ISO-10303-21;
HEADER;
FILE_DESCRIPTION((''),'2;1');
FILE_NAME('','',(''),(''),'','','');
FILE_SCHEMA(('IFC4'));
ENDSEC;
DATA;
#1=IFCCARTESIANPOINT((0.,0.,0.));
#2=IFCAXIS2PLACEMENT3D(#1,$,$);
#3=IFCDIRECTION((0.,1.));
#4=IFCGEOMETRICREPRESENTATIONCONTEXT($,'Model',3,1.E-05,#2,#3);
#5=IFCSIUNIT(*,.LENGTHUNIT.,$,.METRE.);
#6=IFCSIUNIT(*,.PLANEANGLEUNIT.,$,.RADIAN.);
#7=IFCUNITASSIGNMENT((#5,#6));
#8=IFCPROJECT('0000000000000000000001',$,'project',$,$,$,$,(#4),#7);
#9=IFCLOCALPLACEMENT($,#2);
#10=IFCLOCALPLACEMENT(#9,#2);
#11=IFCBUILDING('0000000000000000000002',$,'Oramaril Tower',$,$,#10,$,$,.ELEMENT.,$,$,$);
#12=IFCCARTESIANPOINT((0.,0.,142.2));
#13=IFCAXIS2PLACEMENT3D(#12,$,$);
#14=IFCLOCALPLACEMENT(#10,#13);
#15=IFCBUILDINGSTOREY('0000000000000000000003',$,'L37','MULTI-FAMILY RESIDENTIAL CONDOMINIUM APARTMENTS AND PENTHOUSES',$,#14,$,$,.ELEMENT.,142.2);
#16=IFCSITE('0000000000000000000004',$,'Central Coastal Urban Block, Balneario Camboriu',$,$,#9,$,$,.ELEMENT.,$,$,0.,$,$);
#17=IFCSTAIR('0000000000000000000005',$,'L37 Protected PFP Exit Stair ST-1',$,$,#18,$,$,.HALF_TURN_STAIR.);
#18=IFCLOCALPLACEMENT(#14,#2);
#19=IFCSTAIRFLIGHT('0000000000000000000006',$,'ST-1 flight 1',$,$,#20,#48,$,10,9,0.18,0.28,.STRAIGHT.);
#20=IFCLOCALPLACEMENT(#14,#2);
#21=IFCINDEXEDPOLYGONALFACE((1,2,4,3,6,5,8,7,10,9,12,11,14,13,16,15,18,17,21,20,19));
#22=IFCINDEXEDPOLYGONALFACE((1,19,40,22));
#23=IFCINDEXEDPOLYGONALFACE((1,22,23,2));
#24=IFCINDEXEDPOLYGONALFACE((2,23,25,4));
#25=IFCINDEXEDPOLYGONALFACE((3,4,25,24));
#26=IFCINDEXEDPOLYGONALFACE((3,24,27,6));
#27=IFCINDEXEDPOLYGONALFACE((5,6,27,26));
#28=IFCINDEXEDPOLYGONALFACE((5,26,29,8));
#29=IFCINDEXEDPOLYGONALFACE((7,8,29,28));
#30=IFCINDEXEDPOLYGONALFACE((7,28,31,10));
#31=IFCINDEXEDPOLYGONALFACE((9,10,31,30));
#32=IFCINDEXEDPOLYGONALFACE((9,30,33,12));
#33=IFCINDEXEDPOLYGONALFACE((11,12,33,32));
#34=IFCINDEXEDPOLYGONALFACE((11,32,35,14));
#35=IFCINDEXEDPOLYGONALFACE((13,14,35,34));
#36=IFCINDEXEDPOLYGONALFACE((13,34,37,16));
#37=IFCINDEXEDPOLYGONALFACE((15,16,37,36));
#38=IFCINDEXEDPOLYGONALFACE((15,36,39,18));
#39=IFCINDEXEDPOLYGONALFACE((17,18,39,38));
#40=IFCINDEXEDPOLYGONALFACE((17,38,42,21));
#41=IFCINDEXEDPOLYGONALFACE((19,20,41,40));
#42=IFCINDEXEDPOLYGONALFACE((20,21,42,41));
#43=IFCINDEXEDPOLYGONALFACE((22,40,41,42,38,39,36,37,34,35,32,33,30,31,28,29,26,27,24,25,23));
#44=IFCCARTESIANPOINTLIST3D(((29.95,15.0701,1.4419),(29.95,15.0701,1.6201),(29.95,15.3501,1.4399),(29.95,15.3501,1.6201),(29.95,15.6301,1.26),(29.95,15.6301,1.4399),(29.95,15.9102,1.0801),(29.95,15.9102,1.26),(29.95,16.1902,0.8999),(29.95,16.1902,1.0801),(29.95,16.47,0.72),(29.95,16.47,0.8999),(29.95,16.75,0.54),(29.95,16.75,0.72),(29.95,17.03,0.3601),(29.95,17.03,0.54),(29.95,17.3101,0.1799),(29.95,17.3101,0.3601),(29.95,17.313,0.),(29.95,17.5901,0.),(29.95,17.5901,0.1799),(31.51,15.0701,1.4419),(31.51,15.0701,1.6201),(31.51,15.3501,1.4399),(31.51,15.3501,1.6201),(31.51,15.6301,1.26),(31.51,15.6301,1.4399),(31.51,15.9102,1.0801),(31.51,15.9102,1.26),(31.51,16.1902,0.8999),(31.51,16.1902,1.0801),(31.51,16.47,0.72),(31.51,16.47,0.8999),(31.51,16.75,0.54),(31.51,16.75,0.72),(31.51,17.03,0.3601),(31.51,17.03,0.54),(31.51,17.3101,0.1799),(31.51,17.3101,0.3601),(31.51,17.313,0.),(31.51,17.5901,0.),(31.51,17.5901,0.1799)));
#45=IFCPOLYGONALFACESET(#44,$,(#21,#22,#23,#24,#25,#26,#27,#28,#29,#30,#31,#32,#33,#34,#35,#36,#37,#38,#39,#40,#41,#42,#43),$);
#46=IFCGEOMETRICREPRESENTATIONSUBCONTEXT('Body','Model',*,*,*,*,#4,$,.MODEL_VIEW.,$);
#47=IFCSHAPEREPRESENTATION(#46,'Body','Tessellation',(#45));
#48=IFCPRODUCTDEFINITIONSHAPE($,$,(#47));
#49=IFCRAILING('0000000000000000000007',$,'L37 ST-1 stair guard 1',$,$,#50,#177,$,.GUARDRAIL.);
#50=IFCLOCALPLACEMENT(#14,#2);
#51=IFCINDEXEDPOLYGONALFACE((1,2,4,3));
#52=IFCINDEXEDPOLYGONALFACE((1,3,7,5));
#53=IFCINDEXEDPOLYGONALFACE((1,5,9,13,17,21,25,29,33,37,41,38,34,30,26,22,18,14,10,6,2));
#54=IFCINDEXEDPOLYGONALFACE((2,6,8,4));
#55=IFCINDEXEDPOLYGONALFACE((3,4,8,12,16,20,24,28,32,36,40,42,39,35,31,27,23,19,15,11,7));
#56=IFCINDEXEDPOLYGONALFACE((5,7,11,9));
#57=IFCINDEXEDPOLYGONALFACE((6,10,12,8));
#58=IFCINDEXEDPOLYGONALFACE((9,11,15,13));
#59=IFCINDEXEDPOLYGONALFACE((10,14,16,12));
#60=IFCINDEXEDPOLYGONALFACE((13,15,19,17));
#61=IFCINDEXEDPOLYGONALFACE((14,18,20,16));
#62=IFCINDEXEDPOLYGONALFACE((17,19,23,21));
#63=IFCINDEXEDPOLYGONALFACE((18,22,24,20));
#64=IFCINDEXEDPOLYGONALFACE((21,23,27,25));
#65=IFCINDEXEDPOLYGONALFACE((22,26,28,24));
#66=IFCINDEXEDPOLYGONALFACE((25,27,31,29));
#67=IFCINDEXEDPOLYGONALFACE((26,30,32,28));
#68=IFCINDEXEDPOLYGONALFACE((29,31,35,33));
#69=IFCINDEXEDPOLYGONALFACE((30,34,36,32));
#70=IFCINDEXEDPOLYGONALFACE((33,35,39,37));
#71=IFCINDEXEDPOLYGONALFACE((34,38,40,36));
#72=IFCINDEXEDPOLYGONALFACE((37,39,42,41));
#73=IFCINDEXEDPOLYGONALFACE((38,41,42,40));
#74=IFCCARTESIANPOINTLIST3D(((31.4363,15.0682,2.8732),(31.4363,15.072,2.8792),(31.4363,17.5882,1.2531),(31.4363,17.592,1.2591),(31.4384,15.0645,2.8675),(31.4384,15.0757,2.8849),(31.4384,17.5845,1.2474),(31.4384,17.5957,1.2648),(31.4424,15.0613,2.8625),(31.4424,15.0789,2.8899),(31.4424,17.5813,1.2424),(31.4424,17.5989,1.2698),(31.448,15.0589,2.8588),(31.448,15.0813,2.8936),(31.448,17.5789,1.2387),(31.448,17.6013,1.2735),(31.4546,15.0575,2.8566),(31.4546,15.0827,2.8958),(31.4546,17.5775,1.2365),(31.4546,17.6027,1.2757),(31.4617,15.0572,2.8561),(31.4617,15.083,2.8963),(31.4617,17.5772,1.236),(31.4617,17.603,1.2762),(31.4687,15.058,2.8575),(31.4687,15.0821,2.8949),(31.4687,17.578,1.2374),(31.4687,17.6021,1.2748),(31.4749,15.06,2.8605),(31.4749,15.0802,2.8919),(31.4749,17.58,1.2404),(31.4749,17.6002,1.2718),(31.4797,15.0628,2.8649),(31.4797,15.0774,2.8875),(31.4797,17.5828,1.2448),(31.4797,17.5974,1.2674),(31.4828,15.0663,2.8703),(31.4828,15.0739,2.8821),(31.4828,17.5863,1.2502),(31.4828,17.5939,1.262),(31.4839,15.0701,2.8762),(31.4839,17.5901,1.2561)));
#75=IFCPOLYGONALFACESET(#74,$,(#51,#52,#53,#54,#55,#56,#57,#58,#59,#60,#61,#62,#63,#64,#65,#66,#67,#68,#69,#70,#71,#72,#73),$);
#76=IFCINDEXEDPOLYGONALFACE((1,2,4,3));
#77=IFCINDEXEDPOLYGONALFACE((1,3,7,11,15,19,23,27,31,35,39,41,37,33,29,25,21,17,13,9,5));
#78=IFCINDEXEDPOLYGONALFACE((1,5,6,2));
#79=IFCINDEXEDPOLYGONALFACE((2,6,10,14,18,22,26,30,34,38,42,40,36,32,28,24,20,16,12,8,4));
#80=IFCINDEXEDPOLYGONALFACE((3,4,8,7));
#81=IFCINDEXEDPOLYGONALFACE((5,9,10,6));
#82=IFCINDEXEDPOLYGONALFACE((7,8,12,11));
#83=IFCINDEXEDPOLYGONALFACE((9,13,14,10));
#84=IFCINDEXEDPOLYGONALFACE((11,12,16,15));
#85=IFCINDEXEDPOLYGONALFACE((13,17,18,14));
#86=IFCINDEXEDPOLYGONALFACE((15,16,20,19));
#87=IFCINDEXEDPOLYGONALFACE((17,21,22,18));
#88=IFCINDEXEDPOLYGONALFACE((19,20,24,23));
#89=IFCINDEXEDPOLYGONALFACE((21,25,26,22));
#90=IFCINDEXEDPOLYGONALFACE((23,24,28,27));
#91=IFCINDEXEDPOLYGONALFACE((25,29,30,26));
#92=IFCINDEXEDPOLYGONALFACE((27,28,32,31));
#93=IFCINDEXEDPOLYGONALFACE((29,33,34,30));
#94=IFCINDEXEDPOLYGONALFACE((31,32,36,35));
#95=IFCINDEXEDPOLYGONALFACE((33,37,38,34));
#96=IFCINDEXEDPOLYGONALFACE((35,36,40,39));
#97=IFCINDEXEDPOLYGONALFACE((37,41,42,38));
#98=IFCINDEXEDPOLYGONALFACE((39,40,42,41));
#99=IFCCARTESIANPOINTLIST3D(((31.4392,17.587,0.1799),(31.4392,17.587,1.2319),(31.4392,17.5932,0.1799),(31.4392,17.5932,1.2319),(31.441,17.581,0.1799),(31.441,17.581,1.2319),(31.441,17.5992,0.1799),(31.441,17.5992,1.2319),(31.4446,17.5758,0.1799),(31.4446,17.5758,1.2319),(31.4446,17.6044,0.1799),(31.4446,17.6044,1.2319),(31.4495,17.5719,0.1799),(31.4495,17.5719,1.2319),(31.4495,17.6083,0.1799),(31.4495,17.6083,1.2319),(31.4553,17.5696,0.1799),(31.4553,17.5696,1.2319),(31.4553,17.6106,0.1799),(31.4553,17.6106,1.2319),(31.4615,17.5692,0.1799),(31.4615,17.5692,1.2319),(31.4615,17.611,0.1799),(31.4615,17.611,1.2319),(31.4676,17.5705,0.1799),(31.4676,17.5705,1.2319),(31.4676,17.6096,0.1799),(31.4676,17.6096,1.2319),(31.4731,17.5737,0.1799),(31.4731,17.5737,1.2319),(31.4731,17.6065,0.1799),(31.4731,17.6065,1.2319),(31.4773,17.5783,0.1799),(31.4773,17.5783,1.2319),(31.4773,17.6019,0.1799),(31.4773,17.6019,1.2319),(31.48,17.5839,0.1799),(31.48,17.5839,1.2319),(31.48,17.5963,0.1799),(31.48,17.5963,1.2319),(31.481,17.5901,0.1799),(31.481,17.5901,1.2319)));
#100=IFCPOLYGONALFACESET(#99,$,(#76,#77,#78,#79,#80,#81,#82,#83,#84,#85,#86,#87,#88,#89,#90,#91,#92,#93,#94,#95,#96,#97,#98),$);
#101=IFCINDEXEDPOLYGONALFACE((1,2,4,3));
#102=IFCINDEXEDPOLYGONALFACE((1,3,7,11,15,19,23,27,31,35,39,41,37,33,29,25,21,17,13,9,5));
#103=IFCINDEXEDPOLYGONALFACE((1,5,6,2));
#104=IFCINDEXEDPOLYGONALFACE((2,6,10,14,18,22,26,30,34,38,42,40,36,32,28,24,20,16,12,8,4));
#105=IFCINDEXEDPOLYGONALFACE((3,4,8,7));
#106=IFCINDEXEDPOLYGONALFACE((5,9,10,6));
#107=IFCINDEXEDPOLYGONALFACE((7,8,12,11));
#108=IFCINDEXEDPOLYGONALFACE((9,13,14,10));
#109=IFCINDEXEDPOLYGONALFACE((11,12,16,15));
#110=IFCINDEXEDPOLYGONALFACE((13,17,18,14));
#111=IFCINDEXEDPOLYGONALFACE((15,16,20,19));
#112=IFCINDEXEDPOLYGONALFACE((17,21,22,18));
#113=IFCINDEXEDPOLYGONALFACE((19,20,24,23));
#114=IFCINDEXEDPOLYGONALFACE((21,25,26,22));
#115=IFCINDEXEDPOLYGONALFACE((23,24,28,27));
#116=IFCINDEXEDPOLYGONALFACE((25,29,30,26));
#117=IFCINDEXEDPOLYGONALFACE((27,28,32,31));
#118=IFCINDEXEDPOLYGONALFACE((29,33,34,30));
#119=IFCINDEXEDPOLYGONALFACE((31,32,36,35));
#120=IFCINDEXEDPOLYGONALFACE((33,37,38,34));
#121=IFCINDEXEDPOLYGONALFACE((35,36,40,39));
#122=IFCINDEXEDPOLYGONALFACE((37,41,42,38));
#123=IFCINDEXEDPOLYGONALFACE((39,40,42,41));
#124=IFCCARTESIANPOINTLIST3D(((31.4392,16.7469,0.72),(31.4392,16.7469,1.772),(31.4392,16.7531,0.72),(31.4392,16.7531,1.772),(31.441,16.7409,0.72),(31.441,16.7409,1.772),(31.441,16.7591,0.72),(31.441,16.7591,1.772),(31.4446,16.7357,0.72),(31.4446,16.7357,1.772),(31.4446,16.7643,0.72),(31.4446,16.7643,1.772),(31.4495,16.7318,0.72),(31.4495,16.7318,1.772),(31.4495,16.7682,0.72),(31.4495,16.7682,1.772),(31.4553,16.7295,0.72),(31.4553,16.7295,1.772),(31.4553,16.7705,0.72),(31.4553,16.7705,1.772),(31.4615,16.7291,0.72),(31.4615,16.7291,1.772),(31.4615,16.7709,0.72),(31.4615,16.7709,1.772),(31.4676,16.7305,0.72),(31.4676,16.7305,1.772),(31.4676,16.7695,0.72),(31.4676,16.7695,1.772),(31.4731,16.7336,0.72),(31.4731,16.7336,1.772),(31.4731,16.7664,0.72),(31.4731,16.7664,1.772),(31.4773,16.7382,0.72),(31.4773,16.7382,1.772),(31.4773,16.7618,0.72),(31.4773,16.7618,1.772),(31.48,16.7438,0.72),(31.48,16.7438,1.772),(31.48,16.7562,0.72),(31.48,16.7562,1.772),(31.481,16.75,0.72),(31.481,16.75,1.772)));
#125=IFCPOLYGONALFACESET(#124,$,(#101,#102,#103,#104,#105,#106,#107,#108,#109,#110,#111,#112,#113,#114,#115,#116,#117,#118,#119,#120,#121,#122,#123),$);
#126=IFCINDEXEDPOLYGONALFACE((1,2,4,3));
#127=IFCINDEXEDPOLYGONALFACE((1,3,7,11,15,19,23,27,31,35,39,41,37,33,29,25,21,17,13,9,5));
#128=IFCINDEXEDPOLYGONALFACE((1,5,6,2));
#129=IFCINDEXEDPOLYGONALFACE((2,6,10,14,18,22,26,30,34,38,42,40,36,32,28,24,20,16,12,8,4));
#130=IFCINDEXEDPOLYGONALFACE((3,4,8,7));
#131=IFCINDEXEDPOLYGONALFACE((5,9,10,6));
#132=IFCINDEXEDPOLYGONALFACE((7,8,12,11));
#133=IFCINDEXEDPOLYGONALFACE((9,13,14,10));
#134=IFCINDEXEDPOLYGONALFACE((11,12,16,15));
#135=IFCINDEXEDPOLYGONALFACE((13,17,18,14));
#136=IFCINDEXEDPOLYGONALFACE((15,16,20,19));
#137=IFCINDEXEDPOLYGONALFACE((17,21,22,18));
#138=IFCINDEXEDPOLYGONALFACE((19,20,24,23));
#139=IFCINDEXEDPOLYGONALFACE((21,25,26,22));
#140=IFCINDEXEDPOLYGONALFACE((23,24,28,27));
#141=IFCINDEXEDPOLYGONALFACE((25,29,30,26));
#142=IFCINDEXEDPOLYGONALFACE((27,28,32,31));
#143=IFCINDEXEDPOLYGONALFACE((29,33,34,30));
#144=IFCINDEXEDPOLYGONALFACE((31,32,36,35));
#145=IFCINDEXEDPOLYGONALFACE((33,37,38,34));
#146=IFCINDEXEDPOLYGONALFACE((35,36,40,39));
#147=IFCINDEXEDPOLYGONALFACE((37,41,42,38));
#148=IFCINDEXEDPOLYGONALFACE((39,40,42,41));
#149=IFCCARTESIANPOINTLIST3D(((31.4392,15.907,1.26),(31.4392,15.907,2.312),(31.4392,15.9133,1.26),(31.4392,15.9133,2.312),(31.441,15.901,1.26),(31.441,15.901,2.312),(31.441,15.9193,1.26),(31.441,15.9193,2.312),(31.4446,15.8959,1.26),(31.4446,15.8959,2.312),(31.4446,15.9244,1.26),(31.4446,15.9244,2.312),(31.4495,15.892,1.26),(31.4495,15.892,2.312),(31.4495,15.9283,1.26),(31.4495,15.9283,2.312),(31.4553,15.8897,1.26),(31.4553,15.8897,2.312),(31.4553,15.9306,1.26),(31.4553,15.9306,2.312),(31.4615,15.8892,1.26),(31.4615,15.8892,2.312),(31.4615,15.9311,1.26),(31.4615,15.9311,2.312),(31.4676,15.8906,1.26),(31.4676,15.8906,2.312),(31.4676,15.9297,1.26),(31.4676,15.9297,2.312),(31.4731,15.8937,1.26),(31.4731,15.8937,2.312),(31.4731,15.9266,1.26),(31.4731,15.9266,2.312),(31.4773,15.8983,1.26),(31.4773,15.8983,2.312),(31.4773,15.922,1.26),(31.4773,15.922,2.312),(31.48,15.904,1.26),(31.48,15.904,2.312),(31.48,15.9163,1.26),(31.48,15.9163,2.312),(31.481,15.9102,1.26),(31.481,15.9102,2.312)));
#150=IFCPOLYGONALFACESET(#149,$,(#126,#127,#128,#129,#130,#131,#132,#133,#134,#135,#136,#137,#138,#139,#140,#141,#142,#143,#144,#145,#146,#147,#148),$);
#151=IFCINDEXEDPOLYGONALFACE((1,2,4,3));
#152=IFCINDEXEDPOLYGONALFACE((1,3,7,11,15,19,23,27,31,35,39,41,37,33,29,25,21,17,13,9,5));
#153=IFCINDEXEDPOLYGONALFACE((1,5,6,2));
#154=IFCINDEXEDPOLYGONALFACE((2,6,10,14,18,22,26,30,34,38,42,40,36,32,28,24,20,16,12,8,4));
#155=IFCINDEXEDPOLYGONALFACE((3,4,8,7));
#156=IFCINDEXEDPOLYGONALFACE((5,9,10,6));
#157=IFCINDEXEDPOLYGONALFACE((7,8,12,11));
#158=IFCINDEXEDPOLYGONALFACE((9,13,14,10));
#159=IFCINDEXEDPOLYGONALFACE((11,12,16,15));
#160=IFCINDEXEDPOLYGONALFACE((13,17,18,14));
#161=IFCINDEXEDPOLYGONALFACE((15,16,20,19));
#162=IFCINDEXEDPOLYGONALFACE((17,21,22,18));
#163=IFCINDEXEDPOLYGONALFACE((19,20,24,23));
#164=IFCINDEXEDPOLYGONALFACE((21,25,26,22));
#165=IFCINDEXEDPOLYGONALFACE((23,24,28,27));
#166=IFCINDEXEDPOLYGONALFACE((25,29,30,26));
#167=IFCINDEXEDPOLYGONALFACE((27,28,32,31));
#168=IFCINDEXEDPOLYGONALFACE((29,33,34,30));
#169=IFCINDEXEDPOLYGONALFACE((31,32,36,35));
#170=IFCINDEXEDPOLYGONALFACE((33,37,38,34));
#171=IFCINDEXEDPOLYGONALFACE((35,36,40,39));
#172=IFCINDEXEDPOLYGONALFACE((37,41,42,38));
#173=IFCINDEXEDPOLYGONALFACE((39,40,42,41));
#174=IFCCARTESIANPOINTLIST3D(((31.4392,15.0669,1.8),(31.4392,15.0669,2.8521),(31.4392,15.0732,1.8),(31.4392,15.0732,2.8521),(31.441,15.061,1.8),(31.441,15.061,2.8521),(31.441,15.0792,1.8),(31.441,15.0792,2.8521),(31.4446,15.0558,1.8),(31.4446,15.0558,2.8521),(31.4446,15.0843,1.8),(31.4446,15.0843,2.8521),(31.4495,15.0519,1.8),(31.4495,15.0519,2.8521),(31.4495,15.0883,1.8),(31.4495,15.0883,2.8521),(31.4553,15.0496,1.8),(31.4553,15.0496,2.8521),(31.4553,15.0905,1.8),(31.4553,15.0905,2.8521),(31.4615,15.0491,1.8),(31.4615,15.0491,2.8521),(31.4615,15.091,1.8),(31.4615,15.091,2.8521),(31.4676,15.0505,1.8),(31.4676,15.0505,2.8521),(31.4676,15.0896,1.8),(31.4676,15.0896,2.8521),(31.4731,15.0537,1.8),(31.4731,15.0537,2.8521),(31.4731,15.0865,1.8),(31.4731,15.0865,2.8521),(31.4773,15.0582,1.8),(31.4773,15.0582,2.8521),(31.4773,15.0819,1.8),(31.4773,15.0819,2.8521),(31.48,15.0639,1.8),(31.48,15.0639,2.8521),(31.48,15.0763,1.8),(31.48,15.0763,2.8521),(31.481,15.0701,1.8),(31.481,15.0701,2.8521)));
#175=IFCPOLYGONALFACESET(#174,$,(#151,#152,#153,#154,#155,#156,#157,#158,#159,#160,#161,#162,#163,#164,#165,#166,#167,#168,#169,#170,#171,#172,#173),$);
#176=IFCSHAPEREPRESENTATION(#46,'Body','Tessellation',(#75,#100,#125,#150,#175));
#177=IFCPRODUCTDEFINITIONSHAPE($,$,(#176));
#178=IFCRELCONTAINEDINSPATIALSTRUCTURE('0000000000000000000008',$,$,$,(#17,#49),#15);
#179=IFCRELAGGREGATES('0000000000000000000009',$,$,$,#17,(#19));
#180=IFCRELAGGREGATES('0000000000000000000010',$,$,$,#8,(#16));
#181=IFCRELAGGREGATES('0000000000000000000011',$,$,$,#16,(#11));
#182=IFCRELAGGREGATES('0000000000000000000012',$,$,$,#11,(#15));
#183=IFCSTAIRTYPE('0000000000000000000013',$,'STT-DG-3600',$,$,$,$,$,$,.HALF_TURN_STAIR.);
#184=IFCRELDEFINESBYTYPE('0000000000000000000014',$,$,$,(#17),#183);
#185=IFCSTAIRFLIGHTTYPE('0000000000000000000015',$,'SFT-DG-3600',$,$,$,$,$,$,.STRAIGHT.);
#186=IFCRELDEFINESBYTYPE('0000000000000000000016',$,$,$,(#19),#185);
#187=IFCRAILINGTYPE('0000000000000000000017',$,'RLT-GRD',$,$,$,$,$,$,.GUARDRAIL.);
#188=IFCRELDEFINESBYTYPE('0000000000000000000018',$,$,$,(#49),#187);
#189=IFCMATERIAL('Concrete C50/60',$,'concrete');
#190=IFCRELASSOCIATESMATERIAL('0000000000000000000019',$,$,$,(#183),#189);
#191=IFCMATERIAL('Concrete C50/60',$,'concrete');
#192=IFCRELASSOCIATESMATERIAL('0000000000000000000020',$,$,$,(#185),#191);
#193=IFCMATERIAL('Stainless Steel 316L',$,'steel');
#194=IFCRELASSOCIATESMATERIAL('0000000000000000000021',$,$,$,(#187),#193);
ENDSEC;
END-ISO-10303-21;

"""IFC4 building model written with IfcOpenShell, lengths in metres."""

from ifc_helpers import new_model, si_unit, direction, frame, origin, origin_2d, place, context, subcontext, project, spatial, polyline, circle, outline, extrude, material, type_object, element, aggregate, save


model = new_model("IFC4")

# Units and contexts
model_context = context("Model", 3, precision=1e-05, world=origin(), true_north=direction((0.0, 1.0)))
body_context = subcontext(model_context, "Body", "Model", "MODEL_VIEW")
ifc_project = project(units=[si_unit("LENGTHUNIT", "METRE"), si_unit("PLANEANGLEUNIT", "RADIAN")], contexts=[model_context])

# Site, building, storey
site_placement = place(None, origin())
site = spatial("IfcSite", under=ifc_project, at=site_placement, Name="Central Coastal Urban Block, Balneario Camboriu", CompositionType="ELEMENT", RefElevation=0.0)
building_placement = place(site_placement, origin())
building = spatial("IfcBuilding", under=site, at=building_placement, Name="Oramaril Tower", CompositionType="ELEMENT")
storey_placement = place(building_placement, frame((0.0, 0.0, 142.2)))
storey = spatial("IfcBuildingStorey", under=building, at=storey_placement, Name="L37", Description="MULTI-FAMILY RESIDENTIAL CONDOMINIUM APARTMENTS AND PENTHOUSES", CompositionType="ELEMENT", Elevation=142.2)

# Stair, stair flight
ifc_material_1 = material(Name="Concrete C50/60", Category="concrete")
stair_type = type_object("IfcStairType", Name="STT-DG-3600", PredefinedType="HALF_TURN_STAIR", material=ifc_material_1)
stair_placement = place(storey_placement, origin())
stair = element("IfcStair", 1, at=stair_placement, inside=storey, type_object=stair_type, Name="L37 Protected PFP Exit Stair ST-1", PredefinedType="HALF_TURN_STAIR")
ifc_material_2 = material(Name="Concrete C50/60", Category="concrete")
stair_flight_type = type_object("IfcStairFlightType", Name="SFT-DG-3600", PredefinedType="STRAIGHT", material=ifc_material_2)
stair_flight_placement = place(storey_placement, frame((30.73, 17.5901, 0.0), z_axis=(0.0, 0.0, 1.0), x_axis=(0.0, -1.0, 0.0)))
stair_flight = element("IfcStairFlight", 2, at=stair_flight_placement, type_object=stair_flight_type, Name="ST-1 flight 1", NumberOfRisers=10, NumberOfTreads=9, PredefinedType="STRAIGHT", RiserHeight=0.18, TreadLength=0.28, context=body_context, shape_type="SweptSolid", body=[
    extrude(outline(polyline([(0.0, 0.0), (0.0, 0.1799), (0.28, 0.1799), (0.28, 0.3601), (0.5601, 0.3601), (0.5601, 0.54), (0.8401, 0.54), (0.8401, 0.72), (1.1201, 0.72), (1.1201, 0.8999), (1.3999, 0.8999), (1.3999, 1.0801), (1.6799, 1.0801), (1.6799, 1.26), (1.96, 1.26), (1.96, 1.4399), (2.24, 1.4399), (2.24, 1.6201), (2.52, 1.6201), (2.52, 1.8), (2.52, 1.4419), (0.2771, 0.0), (0.0, 0.0)])), frame((0.0, 0.78, 0.0), z_axis=(0.0, -1.0, 0.0), x_axis=(1.0, 0.0, 0.0)), (0.0, 0.0, 1.0), 1.5601),
])
aggregate(stair, [stair_flight])

# Railing
ifc_material_3 = material(Name="Stainless Steel 316L", Category="steel")
railing_type_1 = type_object("IfcRailingType", Name="RLT-GRD", PredefinedType="GUARDRAIL", material=ifc_material_3)
railing_1_placement = place(storey_placement, frame((31.46, 17.5901, 0.1799)))
element("IfcRailing", 3, at=railing_1_placement, inside=storey, type_object=railing_type_1, Name="L37 ST-1 stair guard 1", PredefinedType="GUARDRAIL", context=body_context, shape_type="SweptSolid", body=[
    extrude(circle(Radius=0.0239, at=origin_2d()), frame((0.0, 0.0, 1.0762), z_axis=(0.0, -0.841163, 0.540782), x_axis=(1.0, 0.0, 0.0)), (0.0, 0.0, 1.0), 2.9958),
    extrude(circle(Radius=0.021, at=origin_2d()), origin(), (0.0, 0.0, 1.0), 1.052),
    extrude(circle(Radius=0.021, at=origin_2d()), frame((0.0, -0.8401, 0.54)), (0.0, 0.0, 1.0), 1.052),
    extrude(circle(Radius=0.021, at=origin_2d()), frame((0.0, -1.6799, 1.0801)), (0.0, 0.0, 1.0), 1.052),
    extrude(circle(Radius=0.021, at=origin_2d()), frame((0.0, -2.52, 1.6201)), (0.0, 0.0, 1.0), 1.052),
])

save(model, "model.ifc")
